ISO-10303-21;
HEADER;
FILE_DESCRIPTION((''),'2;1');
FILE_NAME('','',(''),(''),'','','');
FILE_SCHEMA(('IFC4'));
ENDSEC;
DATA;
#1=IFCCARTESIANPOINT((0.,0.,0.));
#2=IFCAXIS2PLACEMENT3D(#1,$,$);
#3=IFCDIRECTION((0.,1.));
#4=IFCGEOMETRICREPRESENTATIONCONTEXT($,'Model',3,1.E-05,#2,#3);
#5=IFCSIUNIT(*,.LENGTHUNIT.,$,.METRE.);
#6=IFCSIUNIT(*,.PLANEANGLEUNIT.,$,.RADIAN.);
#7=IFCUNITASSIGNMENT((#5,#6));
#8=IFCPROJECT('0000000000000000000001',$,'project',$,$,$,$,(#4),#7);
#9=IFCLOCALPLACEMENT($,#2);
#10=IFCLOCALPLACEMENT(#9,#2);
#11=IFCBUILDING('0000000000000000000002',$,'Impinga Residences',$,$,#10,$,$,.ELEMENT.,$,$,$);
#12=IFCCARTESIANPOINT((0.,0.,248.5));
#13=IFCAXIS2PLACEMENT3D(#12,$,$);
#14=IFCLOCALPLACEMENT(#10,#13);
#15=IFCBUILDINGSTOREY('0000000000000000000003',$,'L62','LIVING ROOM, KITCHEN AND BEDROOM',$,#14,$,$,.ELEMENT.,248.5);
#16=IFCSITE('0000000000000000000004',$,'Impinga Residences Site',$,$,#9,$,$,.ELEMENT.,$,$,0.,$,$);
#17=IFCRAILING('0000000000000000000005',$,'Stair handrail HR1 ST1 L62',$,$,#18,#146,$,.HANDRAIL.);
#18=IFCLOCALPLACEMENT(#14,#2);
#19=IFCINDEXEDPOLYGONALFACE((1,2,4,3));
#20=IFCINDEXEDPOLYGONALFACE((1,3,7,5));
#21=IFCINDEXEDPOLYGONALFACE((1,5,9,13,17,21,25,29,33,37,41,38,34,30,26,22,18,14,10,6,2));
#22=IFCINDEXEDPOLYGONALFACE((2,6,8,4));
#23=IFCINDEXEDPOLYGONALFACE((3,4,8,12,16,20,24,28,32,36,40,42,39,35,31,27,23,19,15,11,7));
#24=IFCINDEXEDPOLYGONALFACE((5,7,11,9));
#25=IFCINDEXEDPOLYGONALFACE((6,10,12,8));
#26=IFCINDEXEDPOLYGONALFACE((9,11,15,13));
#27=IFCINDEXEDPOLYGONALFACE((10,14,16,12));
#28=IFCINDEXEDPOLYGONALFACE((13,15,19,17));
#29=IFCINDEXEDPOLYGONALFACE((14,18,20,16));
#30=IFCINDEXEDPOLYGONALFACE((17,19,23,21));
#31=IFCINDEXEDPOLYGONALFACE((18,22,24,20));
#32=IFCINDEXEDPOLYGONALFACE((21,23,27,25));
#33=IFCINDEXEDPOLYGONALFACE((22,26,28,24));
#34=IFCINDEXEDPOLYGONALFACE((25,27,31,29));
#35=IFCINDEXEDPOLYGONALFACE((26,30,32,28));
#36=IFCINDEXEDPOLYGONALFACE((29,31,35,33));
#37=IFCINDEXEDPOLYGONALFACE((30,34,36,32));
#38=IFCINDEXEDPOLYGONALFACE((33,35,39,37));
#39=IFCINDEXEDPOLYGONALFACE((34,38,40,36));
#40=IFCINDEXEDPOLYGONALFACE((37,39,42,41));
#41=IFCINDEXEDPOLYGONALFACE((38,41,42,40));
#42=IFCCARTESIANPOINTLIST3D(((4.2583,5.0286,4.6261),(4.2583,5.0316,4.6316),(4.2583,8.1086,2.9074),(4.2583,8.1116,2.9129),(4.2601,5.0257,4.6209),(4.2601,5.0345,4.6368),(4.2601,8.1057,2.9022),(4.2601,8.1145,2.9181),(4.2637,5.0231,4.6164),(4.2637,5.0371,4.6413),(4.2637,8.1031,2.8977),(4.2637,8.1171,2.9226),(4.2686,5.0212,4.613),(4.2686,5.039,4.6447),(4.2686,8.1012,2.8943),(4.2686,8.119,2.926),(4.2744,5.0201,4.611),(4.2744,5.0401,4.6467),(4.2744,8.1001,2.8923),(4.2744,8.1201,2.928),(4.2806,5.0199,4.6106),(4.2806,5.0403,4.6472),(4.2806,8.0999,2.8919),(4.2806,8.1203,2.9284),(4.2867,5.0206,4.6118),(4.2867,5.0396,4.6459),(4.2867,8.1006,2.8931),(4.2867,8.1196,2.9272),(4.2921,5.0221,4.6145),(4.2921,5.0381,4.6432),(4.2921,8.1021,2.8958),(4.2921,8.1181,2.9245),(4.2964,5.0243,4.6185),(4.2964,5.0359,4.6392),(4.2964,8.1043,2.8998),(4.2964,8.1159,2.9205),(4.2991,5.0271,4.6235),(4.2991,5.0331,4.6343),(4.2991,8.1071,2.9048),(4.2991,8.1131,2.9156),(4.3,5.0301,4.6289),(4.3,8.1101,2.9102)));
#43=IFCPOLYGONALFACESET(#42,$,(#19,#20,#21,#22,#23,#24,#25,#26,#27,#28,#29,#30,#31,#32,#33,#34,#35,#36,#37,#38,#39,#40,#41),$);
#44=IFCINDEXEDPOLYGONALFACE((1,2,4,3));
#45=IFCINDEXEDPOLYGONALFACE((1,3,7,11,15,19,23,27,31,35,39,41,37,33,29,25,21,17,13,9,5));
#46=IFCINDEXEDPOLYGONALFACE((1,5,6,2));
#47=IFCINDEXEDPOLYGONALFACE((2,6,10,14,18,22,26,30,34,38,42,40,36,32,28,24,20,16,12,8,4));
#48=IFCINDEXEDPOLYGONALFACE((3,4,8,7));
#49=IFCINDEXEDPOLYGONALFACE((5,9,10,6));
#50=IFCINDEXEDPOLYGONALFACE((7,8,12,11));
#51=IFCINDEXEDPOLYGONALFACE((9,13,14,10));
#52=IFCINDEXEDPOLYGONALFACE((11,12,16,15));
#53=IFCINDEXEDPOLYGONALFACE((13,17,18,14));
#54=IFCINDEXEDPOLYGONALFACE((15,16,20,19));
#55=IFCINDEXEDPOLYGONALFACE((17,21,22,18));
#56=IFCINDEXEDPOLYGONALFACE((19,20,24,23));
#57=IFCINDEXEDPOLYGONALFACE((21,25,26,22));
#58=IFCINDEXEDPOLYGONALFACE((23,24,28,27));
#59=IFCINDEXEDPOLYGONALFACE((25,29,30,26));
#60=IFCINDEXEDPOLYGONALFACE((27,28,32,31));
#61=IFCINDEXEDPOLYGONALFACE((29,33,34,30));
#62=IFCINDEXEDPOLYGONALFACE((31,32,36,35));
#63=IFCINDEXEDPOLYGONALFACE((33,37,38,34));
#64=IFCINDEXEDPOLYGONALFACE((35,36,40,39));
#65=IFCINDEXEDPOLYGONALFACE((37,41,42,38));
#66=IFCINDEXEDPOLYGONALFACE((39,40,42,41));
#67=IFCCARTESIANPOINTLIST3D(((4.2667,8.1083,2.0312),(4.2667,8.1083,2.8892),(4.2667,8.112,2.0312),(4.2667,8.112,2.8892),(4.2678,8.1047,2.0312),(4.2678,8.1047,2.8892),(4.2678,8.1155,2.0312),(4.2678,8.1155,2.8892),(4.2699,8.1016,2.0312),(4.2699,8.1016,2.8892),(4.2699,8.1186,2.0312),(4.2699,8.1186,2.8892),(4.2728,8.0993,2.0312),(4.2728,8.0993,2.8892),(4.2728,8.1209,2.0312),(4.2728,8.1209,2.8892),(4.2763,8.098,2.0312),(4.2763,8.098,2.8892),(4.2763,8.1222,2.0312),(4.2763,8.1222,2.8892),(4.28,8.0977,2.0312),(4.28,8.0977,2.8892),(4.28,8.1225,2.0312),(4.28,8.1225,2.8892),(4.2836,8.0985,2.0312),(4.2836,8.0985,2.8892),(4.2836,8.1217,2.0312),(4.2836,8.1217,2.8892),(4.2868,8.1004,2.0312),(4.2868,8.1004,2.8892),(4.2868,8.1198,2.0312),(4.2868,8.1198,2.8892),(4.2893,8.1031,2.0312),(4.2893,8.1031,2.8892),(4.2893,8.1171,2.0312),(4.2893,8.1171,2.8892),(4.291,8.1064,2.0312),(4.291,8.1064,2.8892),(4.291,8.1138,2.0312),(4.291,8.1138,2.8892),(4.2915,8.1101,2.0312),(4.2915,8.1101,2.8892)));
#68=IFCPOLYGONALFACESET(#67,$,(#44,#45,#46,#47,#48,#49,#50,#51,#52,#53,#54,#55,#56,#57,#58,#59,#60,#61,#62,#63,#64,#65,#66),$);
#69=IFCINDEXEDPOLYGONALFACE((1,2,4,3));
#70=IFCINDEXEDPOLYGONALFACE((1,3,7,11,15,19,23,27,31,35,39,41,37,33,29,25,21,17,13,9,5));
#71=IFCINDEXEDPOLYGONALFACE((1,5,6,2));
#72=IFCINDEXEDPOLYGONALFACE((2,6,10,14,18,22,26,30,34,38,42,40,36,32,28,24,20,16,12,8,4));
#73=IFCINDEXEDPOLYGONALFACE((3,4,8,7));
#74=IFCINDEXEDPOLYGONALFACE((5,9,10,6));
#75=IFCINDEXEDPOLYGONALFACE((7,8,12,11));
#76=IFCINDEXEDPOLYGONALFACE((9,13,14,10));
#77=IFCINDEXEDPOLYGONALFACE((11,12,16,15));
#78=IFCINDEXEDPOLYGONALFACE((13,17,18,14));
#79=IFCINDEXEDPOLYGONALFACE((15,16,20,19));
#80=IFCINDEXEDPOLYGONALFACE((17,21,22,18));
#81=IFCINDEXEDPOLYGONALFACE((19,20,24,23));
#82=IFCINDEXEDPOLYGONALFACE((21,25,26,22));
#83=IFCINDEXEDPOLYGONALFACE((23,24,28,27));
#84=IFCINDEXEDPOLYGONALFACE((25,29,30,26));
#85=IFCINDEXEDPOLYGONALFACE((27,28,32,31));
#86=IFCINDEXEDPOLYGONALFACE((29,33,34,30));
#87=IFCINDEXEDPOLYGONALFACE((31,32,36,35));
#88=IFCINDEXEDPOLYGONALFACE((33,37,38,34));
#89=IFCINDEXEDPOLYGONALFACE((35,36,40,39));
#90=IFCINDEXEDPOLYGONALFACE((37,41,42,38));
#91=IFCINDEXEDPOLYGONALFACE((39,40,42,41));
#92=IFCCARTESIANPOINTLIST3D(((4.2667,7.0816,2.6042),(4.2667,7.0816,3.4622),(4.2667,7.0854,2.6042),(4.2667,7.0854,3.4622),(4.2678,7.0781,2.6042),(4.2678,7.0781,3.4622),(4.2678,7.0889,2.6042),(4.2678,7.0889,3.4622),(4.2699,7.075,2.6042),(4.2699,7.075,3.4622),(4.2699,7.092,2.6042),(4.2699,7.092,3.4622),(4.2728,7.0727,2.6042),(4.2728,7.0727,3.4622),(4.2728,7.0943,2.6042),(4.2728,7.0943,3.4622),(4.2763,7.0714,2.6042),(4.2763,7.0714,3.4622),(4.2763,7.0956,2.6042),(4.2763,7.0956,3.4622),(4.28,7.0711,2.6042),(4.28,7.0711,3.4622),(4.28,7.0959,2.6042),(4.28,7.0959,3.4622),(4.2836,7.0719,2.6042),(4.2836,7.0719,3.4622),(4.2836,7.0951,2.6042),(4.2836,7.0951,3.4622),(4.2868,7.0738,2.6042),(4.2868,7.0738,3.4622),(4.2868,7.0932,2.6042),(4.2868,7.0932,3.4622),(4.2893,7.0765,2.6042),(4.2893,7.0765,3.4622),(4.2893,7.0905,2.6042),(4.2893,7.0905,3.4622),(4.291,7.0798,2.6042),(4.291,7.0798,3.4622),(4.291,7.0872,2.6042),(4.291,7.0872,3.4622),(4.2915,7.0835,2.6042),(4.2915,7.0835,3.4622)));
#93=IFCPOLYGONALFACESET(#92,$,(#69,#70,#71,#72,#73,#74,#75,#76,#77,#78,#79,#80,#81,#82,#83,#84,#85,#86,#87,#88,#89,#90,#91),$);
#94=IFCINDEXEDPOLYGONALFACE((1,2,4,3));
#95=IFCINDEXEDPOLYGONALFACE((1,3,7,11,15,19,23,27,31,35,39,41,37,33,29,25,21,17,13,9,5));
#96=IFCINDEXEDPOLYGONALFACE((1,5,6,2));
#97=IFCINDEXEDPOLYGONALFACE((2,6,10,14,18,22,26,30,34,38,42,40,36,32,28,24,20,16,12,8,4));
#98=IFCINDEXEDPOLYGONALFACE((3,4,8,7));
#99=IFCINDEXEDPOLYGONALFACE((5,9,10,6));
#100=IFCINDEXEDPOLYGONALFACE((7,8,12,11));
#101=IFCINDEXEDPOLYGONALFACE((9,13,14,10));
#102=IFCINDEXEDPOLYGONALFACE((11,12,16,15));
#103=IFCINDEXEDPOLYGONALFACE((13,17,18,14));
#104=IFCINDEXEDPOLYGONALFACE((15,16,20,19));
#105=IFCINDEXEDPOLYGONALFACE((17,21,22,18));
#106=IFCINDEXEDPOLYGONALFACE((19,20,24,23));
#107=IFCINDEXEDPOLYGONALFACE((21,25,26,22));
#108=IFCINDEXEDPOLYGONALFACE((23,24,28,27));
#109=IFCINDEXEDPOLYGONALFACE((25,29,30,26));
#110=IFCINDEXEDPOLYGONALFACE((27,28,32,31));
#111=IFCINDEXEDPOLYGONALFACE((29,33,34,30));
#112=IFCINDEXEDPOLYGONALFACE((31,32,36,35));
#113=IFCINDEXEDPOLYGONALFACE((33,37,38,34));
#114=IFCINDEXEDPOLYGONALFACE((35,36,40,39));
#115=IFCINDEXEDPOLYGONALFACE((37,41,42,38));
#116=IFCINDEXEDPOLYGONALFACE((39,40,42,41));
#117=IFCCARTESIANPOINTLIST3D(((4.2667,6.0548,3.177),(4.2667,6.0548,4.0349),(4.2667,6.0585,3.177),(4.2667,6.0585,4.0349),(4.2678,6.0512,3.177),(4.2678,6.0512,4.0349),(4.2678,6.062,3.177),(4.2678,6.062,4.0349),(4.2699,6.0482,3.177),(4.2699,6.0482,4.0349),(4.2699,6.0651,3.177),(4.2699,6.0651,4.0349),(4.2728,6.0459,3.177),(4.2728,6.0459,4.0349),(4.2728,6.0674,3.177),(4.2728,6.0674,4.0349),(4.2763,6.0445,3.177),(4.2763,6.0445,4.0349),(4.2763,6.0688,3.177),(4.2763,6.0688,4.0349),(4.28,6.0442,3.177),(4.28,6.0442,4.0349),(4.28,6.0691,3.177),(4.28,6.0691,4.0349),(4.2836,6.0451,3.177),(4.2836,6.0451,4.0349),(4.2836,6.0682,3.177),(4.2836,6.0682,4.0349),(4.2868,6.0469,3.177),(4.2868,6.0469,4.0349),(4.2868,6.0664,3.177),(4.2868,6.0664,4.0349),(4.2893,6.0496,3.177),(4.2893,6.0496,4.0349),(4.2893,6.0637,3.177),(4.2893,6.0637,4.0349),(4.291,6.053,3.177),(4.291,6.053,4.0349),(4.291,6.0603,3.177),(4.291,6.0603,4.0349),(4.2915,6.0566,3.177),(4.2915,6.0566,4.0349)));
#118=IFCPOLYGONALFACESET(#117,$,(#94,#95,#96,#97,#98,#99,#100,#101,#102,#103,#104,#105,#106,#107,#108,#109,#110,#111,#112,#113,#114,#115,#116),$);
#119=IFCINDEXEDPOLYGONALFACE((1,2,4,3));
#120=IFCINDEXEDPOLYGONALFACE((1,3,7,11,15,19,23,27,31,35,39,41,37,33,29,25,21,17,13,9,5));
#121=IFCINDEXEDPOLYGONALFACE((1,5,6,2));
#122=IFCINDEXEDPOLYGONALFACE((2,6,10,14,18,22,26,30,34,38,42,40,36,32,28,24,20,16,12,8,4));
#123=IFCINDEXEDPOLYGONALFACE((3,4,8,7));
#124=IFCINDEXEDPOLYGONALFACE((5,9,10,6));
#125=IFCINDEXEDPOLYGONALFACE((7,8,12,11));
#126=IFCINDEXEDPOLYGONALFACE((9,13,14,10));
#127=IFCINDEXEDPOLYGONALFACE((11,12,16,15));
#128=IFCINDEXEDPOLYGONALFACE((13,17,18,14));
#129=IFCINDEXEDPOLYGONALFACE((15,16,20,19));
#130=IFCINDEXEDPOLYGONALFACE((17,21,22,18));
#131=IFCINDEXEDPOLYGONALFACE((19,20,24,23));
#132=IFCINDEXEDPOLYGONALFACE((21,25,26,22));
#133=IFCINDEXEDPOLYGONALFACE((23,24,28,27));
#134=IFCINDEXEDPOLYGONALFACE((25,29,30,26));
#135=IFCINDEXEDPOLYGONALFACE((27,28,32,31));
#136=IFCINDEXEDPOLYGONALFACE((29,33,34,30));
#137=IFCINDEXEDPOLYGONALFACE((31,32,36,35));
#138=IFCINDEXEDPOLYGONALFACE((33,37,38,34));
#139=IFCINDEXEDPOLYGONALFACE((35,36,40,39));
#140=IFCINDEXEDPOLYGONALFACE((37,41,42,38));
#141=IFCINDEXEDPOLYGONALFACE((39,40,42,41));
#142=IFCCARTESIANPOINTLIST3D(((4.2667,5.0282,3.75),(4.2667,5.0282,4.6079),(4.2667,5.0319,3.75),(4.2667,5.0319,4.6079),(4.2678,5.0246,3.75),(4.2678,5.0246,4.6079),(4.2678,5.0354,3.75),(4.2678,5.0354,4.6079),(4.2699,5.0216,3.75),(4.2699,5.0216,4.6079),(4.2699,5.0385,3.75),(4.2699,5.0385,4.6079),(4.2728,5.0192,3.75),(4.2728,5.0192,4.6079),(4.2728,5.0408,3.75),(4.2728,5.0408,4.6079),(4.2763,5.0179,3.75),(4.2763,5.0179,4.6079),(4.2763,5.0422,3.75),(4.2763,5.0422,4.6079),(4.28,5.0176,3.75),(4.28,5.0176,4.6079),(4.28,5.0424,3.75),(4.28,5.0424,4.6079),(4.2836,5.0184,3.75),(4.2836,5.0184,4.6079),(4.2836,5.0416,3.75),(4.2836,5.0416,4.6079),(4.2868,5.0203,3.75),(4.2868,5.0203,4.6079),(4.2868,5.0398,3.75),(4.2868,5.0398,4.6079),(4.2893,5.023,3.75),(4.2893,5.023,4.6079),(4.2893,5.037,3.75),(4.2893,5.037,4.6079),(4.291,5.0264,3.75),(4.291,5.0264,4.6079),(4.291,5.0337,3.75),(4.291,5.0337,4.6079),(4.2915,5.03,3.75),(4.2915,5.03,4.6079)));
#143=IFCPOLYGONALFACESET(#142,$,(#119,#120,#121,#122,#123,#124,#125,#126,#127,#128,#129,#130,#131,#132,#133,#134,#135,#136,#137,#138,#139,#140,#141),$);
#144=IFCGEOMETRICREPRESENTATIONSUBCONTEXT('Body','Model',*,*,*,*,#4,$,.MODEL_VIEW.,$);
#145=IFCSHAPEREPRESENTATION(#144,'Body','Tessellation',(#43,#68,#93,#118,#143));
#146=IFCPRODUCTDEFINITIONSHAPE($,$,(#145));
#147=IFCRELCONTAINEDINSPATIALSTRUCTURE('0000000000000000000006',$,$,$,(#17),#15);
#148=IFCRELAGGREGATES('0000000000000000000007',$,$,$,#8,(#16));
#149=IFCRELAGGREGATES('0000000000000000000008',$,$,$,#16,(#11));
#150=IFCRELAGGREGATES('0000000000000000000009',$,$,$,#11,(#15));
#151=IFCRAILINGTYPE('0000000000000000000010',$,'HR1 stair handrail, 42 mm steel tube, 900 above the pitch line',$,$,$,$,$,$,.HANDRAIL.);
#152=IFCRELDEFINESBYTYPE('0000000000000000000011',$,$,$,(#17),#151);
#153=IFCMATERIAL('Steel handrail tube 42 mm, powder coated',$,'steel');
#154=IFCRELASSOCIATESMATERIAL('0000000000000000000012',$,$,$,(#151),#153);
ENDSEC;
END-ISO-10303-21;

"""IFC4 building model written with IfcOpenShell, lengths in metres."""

from ifc_helpers import new_model, si_unit, direction, frame, origin, origin_2d, place, context, subcontext, project, spatial, circle, extrude, material, type_object, element, save


model = new_model("IFC4")

# Units and contexts
model_context = context("Model", 3, precision=1e-05, world=origin(), true_north=direction((0.0, 1.0)))
body_context = subcontext(model_context, "Body", "Model", "MODEL_VIEW")
ifc_project = project(units=[si_unit("LENGTHUNIT", "METRE"), si_unit("PLANEANGLEUNIT", "RADIAN")], contexts=[model_context])

# Site, building, storey
site_placement = place(None, origin())
site = spatial("IfcSite", under=ifc_project, at=site_placement, Name="Impinga Residences Site", CompositionType="ELEMENT", RefElevation=0.0)
building_placement = place(site_placement, origin())
building = spatial("IfcBuilding", under=site, at=building_placement, Name="Impinga Residences", CompositionType="ELEMENT")
storey_placement = place(building_placement, frame((0.0, 0.0, 248.5)))
storey = spatial("IfcBuildingStorey", under=building, at=storey_placement, Name="L62", Description="LIVING ROOM, KITCHEN AND BEDROOM", CompositionType="ELEMENT", Elevation=248.5)

# Railing
ifc_material_1 = material(Name="Steel handrail tube 42 mm, powder coated", Category="steel")
railing_type_1 = type_object("IfcRailingType", Name="HR1 stair handrail, 42 mm steel tube, 900 above the pitch line", PredefinedType="HANDRAIL", material=ifc_material_1)
railing_1_placement = place(storey_placement, frame((4.2791, 8.1101, 2.0312)))
element("IfcRailing", 1, at=railing_1_placement, inside=storey, type_object=railing_type_1, Name="Stair handrail HR1 ST1 L62", PredefinedType="HANDRAIL", context=body_context, shape_type="SweptSolid", body=[
    extrude(circle(Radius=0.021, at=origin_2d()), frame((0.0, 0.0, 0.8789), z_axis=(0.0, -0.873242, 0.487288), x_axis=(1.0, 0.0, 0.0)), (0.0, 0.0, 1.0), 3.5271),
    extrude(circle(Radius=0.0125, at=origin_2d()), origin(), (0.0, 0.0, 1.0), 0.8579),
    extrude(circle(Radius=0.0125, at=origin_2d()), frame((0.0, -1.0266, 0.573)), (0.0, 0.0, 1.0), 0.8579),
    extrude(circle(Radius=0.0125, at=origin_2d()), frame((0.0, -2.0535, 1.1458)), (0.0, 0.0, 1.0), 0.8579),
    extrude(circle(Radius=0.0125, at=origin_2d()), frame((0.0, -3.0801, 1.7188)), (0.0, 0.0, 1.0), 0.8579),
])

save(model, "model.ifc")
